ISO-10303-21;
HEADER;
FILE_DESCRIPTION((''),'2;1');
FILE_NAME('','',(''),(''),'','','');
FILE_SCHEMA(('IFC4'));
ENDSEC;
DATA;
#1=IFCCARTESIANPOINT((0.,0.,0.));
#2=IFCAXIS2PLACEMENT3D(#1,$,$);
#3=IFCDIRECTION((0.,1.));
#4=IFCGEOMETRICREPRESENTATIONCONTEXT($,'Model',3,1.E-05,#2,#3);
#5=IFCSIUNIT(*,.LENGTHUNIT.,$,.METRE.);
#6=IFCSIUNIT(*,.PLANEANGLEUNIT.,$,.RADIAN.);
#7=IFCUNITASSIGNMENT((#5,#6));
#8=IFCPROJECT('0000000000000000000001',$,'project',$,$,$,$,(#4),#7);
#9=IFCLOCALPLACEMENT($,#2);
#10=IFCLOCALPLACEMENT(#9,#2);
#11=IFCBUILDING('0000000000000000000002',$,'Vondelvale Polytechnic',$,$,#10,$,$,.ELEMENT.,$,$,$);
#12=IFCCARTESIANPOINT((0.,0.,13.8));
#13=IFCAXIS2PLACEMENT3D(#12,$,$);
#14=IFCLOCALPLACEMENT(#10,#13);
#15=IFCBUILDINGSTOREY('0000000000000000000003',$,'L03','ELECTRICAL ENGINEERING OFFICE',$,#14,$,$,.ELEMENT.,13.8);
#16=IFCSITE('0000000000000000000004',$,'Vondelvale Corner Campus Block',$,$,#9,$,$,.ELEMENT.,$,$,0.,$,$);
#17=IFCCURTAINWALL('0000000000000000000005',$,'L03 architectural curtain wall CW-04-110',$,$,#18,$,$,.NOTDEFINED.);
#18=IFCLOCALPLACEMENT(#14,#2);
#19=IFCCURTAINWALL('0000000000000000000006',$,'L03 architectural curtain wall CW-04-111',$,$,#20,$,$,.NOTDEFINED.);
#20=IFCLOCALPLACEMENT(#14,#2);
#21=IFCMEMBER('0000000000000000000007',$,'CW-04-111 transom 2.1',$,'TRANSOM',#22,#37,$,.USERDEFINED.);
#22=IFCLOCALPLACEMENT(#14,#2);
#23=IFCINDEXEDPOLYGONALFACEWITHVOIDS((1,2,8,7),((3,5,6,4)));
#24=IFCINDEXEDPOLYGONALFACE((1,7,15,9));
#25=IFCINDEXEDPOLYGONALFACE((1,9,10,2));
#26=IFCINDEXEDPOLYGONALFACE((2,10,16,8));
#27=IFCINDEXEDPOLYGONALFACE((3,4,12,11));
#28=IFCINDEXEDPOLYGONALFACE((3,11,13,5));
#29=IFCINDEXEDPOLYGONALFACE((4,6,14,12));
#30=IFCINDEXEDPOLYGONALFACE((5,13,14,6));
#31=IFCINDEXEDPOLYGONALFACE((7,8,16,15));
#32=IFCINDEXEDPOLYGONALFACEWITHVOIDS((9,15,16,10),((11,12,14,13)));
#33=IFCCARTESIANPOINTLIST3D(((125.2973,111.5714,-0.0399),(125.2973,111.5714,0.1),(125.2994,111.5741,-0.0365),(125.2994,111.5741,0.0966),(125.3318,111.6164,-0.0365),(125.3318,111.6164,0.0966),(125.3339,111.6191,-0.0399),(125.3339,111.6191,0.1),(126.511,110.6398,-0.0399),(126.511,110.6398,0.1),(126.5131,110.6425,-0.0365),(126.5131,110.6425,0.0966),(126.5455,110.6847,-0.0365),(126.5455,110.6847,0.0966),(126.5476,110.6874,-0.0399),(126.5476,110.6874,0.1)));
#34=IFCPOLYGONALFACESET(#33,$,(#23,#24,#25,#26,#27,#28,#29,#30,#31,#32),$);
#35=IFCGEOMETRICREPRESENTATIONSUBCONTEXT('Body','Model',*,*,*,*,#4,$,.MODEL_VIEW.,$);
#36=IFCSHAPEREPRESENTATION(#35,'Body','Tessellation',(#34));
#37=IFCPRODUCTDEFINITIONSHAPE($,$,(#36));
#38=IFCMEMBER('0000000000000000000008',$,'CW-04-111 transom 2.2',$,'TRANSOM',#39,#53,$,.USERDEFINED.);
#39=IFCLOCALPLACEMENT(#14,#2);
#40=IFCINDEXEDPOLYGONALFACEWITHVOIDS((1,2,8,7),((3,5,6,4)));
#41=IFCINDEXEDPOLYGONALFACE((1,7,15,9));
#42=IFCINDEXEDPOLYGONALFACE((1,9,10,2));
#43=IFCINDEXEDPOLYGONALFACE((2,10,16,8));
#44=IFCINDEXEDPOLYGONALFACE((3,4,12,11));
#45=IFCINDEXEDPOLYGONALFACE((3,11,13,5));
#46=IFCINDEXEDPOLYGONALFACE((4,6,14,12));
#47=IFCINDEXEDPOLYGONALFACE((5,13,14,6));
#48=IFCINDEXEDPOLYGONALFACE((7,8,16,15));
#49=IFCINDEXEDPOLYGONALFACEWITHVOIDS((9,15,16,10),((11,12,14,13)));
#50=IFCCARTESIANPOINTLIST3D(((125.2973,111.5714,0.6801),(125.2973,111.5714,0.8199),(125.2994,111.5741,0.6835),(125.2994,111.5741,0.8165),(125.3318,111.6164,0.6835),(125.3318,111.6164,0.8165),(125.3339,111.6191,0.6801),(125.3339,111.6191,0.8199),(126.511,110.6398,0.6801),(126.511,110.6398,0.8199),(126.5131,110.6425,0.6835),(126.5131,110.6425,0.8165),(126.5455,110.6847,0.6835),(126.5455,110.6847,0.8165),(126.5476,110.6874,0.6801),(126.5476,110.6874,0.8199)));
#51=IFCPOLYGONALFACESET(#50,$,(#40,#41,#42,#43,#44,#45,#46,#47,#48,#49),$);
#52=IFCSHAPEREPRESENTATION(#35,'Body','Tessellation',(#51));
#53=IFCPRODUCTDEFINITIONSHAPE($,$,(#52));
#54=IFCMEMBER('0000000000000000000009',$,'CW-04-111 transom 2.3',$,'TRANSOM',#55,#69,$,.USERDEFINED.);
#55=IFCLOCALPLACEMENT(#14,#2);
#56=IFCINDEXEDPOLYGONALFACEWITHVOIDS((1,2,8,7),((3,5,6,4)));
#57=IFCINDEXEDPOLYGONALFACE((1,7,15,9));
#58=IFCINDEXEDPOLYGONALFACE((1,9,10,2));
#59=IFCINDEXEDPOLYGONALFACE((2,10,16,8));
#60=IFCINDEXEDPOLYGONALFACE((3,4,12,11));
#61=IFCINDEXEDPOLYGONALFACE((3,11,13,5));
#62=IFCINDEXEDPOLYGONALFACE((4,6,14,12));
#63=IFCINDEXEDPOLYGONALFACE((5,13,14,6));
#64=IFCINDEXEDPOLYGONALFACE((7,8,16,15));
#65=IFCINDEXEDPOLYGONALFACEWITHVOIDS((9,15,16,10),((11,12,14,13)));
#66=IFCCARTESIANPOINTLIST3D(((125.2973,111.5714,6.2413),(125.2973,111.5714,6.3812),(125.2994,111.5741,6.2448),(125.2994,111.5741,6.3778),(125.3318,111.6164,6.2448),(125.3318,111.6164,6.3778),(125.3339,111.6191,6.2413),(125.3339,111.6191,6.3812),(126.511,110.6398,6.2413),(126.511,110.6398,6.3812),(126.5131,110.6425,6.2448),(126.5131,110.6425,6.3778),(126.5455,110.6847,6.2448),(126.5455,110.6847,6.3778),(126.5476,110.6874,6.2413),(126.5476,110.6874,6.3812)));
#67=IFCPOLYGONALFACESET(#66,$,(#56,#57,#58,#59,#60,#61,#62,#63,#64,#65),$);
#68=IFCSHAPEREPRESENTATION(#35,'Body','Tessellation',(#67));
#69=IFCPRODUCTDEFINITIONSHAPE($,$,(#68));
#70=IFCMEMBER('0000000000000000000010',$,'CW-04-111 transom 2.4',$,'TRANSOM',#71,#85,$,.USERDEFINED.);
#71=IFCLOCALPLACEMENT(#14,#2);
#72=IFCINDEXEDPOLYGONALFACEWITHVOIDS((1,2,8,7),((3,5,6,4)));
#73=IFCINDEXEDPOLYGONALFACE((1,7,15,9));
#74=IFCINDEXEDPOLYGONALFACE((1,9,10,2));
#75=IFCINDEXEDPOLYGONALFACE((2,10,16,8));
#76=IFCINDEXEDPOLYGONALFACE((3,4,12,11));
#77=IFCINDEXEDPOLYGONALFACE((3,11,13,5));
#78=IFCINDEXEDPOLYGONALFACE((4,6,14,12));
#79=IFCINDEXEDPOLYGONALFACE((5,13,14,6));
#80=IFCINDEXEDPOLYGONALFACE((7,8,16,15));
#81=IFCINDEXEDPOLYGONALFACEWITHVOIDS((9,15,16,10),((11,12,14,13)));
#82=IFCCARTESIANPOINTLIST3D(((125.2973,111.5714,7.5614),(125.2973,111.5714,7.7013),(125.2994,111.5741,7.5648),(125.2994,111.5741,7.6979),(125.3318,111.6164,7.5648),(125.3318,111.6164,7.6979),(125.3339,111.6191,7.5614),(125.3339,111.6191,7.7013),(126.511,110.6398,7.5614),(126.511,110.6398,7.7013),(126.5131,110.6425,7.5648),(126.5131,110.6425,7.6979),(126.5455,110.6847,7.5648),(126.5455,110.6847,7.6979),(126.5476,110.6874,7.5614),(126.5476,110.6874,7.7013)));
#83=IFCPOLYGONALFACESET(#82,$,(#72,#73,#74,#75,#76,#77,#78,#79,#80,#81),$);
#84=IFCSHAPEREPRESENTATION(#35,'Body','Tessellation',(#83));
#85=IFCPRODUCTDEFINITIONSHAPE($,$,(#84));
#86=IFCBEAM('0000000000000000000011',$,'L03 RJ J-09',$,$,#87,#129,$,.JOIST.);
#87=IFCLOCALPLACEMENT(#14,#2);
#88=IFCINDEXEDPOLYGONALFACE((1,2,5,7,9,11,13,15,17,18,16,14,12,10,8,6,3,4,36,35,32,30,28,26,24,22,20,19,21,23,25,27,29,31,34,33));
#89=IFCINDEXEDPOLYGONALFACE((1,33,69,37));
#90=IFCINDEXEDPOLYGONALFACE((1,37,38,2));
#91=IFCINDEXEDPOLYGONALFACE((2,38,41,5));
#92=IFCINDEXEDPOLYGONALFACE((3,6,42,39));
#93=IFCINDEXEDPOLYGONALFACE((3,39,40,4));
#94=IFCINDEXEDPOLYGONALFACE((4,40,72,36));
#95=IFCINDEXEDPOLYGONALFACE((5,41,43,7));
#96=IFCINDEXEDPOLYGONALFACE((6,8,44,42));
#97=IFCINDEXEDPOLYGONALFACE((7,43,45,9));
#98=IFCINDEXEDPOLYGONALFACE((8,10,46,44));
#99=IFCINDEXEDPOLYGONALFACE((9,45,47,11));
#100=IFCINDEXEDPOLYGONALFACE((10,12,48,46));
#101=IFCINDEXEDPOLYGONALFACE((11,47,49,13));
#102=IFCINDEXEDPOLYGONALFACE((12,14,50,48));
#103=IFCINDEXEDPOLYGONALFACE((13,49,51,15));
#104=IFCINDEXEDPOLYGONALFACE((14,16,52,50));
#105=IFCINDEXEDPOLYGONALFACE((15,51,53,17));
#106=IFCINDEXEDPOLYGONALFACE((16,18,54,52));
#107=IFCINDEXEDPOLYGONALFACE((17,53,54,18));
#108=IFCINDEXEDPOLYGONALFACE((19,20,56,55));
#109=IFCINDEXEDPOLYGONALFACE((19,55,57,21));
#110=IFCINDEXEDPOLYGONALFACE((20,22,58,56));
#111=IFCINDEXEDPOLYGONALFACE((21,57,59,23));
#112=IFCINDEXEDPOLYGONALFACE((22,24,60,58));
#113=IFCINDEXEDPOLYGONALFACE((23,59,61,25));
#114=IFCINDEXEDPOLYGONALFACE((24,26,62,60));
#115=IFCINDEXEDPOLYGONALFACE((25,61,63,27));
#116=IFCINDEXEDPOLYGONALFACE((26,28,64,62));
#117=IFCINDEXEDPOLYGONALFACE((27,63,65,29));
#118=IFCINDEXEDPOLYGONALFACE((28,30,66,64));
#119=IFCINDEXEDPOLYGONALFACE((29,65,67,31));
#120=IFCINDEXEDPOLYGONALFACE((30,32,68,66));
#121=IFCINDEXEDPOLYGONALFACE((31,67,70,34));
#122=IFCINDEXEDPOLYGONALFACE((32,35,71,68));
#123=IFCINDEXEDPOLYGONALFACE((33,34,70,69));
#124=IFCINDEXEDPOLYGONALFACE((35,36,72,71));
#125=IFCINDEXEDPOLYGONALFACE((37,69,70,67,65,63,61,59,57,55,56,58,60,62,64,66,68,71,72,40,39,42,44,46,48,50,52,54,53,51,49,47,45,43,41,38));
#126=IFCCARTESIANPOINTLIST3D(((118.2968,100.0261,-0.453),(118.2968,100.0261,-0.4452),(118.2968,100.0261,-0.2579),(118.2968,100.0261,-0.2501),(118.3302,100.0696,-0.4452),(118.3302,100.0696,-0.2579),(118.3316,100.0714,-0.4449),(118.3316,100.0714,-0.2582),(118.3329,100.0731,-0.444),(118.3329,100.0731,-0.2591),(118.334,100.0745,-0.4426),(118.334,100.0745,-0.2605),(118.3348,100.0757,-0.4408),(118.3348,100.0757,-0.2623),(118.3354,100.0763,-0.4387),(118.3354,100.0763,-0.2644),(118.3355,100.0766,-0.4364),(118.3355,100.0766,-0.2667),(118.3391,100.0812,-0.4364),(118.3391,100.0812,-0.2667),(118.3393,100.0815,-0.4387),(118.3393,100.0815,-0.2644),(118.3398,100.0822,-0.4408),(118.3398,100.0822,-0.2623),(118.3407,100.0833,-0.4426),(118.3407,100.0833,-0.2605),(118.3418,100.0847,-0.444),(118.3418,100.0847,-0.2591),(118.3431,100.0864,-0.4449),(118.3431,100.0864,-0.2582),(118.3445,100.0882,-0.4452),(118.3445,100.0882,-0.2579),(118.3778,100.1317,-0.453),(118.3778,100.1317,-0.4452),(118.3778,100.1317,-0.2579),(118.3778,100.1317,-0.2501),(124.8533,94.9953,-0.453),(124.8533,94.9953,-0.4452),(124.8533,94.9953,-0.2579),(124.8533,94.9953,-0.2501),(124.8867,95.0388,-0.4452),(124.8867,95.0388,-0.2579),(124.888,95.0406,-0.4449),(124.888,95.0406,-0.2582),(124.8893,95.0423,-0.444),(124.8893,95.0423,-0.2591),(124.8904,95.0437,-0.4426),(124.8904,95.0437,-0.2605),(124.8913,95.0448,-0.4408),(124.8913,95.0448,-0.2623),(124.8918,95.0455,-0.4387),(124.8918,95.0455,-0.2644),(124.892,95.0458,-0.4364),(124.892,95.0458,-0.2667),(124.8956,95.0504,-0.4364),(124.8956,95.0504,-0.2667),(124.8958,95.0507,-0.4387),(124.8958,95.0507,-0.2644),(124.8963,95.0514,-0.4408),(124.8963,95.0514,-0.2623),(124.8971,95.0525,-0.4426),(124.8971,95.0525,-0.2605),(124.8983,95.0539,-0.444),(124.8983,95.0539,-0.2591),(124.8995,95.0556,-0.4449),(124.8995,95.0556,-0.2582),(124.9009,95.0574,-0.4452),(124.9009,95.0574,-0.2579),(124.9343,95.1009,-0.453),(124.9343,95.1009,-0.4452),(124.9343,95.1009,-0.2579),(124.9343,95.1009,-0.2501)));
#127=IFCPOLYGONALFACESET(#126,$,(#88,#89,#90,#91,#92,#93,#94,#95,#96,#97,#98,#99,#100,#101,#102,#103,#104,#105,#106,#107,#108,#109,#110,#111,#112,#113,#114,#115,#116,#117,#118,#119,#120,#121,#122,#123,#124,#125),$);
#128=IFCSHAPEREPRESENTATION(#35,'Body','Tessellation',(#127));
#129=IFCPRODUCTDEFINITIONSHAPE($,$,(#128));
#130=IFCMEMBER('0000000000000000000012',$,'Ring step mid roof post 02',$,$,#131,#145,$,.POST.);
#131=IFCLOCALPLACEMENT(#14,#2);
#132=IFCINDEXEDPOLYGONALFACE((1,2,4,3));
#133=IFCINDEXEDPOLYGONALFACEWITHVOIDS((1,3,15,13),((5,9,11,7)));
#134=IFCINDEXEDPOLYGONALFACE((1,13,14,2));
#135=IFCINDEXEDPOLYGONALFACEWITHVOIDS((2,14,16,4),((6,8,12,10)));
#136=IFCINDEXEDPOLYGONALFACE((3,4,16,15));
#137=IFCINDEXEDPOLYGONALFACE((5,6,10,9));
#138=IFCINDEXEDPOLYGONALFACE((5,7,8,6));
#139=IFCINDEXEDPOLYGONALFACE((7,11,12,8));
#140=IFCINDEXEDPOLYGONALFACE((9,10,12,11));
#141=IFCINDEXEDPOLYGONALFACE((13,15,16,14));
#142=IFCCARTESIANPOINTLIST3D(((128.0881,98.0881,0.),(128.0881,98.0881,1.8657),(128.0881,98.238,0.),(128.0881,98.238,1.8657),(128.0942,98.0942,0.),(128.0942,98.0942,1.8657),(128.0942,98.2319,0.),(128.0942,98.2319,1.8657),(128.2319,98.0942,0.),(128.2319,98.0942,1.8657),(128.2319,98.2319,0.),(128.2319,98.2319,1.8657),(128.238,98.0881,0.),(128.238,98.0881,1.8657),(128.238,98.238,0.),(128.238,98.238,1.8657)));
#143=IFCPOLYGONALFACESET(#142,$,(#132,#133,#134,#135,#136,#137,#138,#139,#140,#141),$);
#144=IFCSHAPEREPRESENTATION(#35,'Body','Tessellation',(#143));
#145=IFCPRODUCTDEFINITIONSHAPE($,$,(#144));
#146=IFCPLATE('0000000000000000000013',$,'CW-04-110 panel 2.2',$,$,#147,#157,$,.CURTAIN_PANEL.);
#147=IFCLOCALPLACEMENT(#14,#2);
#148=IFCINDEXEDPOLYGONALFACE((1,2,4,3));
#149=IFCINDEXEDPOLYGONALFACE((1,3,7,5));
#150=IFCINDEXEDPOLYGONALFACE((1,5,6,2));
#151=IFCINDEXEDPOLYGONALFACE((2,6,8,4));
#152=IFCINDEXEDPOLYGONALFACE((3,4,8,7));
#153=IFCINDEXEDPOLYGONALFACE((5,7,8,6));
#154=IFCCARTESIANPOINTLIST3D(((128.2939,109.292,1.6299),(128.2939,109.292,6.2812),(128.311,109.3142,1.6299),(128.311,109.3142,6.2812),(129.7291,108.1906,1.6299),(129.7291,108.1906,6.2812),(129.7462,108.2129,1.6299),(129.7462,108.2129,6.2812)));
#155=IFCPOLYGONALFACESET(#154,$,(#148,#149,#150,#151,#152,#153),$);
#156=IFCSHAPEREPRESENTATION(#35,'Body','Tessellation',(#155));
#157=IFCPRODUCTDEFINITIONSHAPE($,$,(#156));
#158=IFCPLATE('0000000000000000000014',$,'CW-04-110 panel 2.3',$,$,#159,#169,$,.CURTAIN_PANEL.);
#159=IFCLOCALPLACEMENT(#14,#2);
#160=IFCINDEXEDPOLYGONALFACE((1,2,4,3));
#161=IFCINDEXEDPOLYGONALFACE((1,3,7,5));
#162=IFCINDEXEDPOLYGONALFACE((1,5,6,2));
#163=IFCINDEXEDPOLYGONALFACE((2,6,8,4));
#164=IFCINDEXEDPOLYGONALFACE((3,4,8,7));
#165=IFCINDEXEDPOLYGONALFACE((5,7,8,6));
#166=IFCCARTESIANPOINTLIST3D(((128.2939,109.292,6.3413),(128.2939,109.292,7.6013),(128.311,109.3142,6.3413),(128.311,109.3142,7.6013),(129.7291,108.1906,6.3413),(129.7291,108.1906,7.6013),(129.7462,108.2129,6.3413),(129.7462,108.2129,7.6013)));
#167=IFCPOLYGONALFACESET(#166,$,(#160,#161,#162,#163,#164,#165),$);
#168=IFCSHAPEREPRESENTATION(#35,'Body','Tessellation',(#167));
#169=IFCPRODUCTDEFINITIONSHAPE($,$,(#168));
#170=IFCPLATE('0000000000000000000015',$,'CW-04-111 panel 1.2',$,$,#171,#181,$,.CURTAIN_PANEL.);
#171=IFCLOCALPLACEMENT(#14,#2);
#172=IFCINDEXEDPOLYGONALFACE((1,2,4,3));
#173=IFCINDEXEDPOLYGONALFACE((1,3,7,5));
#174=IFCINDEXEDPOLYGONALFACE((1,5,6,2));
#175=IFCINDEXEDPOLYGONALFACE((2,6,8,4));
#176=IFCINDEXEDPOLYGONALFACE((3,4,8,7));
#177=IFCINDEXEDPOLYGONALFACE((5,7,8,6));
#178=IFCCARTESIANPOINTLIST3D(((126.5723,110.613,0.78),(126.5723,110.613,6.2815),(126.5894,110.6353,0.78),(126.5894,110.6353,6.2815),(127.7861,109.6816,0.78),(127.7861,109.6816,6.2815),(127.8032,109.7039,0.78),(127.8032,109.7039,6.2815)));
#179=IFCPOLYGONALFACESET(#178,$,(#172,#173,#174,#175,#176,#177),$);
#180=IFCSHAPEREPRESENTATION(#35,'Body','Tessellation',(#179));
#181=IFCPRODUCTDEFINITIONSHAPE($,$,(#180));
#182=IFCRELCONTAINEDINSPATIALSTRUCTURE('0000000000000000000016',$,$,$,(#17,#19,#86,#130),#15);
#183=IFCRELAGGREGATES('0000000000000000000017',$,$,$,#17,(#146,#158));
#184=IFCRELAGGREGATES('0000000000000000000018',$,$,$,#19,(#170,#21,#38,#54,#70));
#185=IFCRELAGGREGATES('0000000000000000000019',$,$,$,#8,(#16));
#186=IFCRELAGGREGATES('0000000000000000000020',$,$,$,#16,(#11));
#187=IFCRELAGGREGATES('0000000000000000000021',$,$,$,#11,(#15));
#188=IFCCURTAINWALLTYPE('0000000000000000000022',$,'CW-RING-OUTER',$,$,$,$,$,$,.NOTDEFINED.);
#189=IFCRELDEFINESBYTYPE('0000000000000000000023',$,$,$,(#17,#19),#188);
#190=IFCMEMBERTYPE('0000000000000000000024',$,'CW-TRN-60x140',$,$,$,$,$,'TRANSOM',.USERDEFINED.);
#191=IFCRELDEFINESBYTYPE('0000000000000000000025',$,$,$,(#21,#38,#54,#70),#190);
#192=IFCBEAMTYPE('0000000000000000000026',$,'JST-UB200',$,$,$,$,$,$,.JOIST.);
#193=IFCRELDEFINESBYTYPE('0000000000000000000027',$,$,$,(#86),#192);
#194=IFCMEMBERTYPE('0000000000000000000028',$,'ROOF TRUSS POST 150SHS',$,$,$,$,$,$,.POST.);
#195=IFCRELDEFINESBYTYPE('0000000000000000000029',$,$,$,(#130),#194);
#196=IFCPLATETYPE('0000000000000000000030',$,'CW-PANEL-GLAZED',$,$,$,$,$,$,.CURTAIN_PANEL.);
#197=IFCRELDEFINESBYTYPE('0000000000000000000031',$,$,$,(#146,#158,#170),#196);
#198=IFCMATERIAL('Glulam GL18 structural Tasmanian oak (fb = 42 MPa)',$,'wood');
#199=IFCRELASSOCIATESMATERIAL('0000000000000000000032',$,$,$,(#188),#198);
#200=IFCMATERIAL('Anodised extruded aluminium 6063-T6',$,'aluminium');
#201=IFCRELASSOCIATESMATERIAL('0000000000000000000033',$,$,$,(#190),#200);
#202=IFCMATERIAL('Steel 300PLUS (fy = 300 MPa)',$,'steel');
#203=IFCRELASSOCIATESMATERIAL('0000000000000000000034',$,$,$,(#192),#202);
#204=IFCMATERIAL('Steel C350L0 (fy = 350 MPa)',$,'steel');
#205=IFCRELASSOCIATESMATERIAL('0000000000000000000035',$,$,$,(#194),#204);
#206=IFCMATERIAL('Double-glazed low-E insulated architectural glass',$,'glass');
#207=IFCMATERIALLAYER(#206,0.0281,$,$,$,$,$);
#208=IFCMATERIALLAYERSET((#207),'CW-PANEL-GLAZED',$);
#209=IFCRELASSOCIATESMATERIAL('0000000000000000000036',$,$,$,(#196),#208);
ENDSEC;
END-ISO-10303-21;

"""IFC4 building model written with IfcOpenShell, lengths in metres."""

from ifc_helpers import new_model, si_unit, direction, frame, origin, origin_2d, place, context, subcontext, project, spatial, rectangle, hollow_rectangle, i_section, extrude, material, layer, layer_set, material_profile, profile_set, type_object, element, aggregate, save


model = new_model("IFC4")

# Units and contexts
model_context = context("Model", 3, precision=1e-05, world=origin(), true_north=direction((0.0, 1.0)))
body_context = subcontext(model_context, "Body", "Model", "MODEL_VIEW")
ifc_project = project(units=[si_unit("LENGTHUNIT", "METRE"), si_unit("PLANEANGLEUNIT", "RADIAN")], contexts=[model_context])

# Site, building, storey
site_placement = place(None, origin())
site = spatial("IfcSite", under=ifc_project, at=site_placement, Name="Vondelvale Corner Campus Block", CompositionType="ELEMENT", RefElevation=0.0)
building_placement = place(site_placement, origin())
building = spatial("IfcBuilding", under=site, at=building_placement, Name="Vondelvale Polytechnic", CompositionType="ELEMENT")
storey_placement = place(building_placement, frame((0.0, 0.0, 13.8)))
storey = spatial("IfcBuildingStorey", under=building, at=storey_placement, Name="L03", Description="ELECTRICAL ENGINEERING OFFICE", CompositionType="ELEMENT", Elevation=13.8)

# Shared definitions
ifc_material_1 = material(Name="Glulam GL18 structural Tasmanian oak (fb = 42 MPa)", Category="wood")
ifc_material_2 = material(Name="Steel 300PLUS (fy = 300 MPa)", Category="steel")

# Curtain walls
curtain_wall_type = type_object("IfcCurtainWallType", Name="CW-RING-OUTER", PredefinedType="NOTDEFINED", material=ifc_material_1)
curtain_wall_1_placement = place(storey_placement, origin())
curtain_wall_1 = element("IfcCurtainWall", 1, at=curtain_wall_1_placement, inside=storey, type_object=curtain_wall_type, Name="L03 architectural curtain wall CW-04-110", PredefinedType="NOTDEFINED")
ifc_material_3 = material(Name="Anodised extruded aluminium 6063-T6", Category="aluminium")
curtain_wall_2_placement = place(storey_placement, origin())
curtain_wall_2 = element("IfcCurtainWall", 2, at=curtain_wall_2_placement, inside=storey, type_object=curtain_wall_type, Name="L03 architectural curtain wall CW-04-111", PredefinedType="NOTDEFINED")

# Members
ifc_material_profile_1 = material_profile(ifc_material_3, hollow_rectangle(XDim=0.0601, YDim=0.1399, WallThickness=0.0034, at=origin_2d()), Name="CW-TRN-140x60")
ifc_profile_set_1 = profile_set([ifc_material_profile_1], Name="Anodised extruded aluminium 6063-T6")
member_type_1 = type_object("IfcMemberType", Name="CW-TRN-60x140", ElementType="TRANSOM", PredefinedType="USERDEFINED", material=ifc_profile_set_1)
member_1_placement = place(storey_placement, frame((126.5293, 110.6636, 0.03), z_axis=(-0.793229, 0.608924, 0.0), x_axis=(-0.608924, -0.793229, 0.0)))
member_1 = element("IfcMember", 3, at=member_1_placement, type_object=member_type_1, Name="CW-04-111 transom 2.1", ObjectType="TRANSOM", PredefinedType="USERDEFINED", context=body_context, shape_type="SweptSolid", body=[
    extrude(hollow_rectangle(XDim=0.0601, YDim=0.1399, WallThickness=0.0034, at=origin_2d()), origin(), (0.0, 0.0, 1.0), 1.53),
])
member_2_placement = place(storey_placement, frame((126.5293, 110.6636, 0.75), z_axis=(-0.793229, 0.608924, 0.0), x_axis=(-0.608924, -0.793229, 0.0)))
member_2 = element("IfcMember", 4, at=member_2_placement, type_object=member_type_1, Name="CW-04-111 transom 2.2", ObjectType="TRANSOM", PredefinedType="USERDEFINED", context=body_context, shape_type="SweptSolid", body=[
    extrude(hollow_rectangle(XDim=0.0601, YDim=0.1399, WallThickness=0.0034, at=origin_2d()), origin(), (0.0, 0.0, 1.0), 1.53),
])
member_3_placement = place(storey_placement, frame((126.5293, 110.6636, 6.3113), z_axis=(-0.793229, 0.608924, 0.0), x_axis=(-0.608924, -0.793229, 0.0)))
member_3 = element("IfcMember", 5, at=member_3_placement, type_object=member_type_1, Name="CW-04-111 transom 2.3", ObjectType="TRANSOM", PredefinedType="USERDEFINED", context=body_context, shape_type="SweptSolid", body=[
    extrude(hollow_rectangle(XDim=0.0601, YDim=0.1399, WallThickness=0.0034, at=origin_2d()), origin(), (0.0, 0.0, 1.0), 1.53),
])
member_4_placement = place(storey_placement, frame((126.5293, 110.6636, 7.6313), z_axis=(-0.793229, 0.608924, 0.0), x_axis=(-0.608924, -0.793229, 0.0)))
member_4 = element("IfcMember", 6, at=member_4_placement, type_object=member_type_1, Name="CW-04-111 transom 2.4", ObjectType="TRANSOM", PredefinedType="USERDEFINED", context=body_context, shape_type="SweptSolid", body=[
    extrude(hollow_rectangle(XDim=0.0601, YDim=0.1399, WallThickness=0.0034, at=origin_2d()), origin(), (0.0, 0.0, 1.0), 1.53),
])

# Beam
ifc_material_profile_2 = material_profile(ifc_material_2, i_section(OverallWidth=0.1331, OverallDepth=0.2029, WebThickness=0.0059, FlangeThickness=0.0078, FilletRadius=0.0088, at=origin_2d()), Name="200UB25.4")
ifc_profile_set_2 = profile_set([ifc_material_profile_2], Name="Steel 300PLUS (fy = 300 MPa)")
beam_type_1 = type_object("IfcBeamType", Name="JST-UB200", PredefinedType="JOIST", material=ifc_profile_set_2)
beam_1_placement = place(storey_placement, frame((124.8938, 95.0481, -0.3516), z_axis=(-0.793361, 0.608751, 0.0), x_axis=(-0.608751, -0.793361, 0.0)))
element("IfcBeam", 7, at=beam_1_placement, inside=storey, type_object=beam_type_1, Name="L03 RJ J-09", PredefinedType="JOIST", context=body_context, shape_type="SweptSolid", body=[
    extrude(i_section(OverallWidth=0.1331, OverallDepth=0.2029, WebThickness=0.0059, FlangeThickness=0.0078, FilletRadius=0.0088, at=origin_2d()), origin(), (0.0, 0.0, 1.0), 8.2642),
])

# Member
ifc_material_4 = material(Name="Steel C350L0 (fy = 350 MPa)", Category="steel")
ifc_material_profile_3 = material_profile(ifc_material_4, hollow_rectangle(XDim=0.1499, YDim=0.1499, WallThickness=0.0061, at=origin_2d()), Name="150x150x6.0SHS")
ifc_profile_set_3 = profile_set([ifc_material_profile_3], Name="Steel C350L0 (fy = 350 MPa)")
member_type_2 = type_object("IfcMemberType", Name="ROOF TRUSS POST 150SHS", PredefinedType="POST", material=ifc_profile_set_3)
member_5_placement = place(storey_placement, frame((128.1631, 98.1631, 0.0), z_axis=(0.0, 0.0, 1.0), x_axis=(1.0, 0.0, 0.0)))
element("IfcMember", 8, at=member_5_placement, inside=storey, type_object=member_type_2, Name="Ring step mid roof post 02", PredefinedType="POST", context=body_context, shape_type="SweptSolid", body=[
    extrude(hollow_rectangle(XDim=0.1499, YDim=0.1499, WallThickness=0.0061, at=origin_2d()), origin(), (0.0, 0.0, 1.0), 1.8657),
])

# Plates
ifc_material_5 = material(Name="Double-glazed low-E insulated architectural glass", Category="glass")
ifc_layer_1 = layer(ifc_material_5, 0.0281)
ifc_layer_set_1 = layer_set([ifc_layer_1], Name="CW-PANEL-GLAZED")
plate_type_1 = type_object("IfcPlateType", Name="CW-PANEL-GLAZED", PredefinedType="CURTAIN_PANEL", material=ifc_layer_set_1)
plate_1_placement = place(storey_placement, frame((129.02, 108.7524, 1.6299), z_axis=(0.0, 0.0, 1.0), x_axis=(-0.793346, 0.608771, 0.0)))
plate_1 = element("IfcPlate", 9, at=plate_1_placement, type_object=plate_type_1, Name="CW-04-110 panel 2.2", PredefinedType="CURTAIN_PANEL", context=body_context, shape_type="SweptSolid", body=[
    extrude(rectangle(XDim=1.8091, YDim=0.0281, at=origin_2d()), origin(), (0.0, 0.0, 1.0), 4.6514),
])
plate_2_placement = place(storey_placement, frame((129.02, 108.7524, 6.3413), z_axis=(0.0, 0.0, 1.0), x_axis=(-0.793346, 0.608771, 0.0)))
plate_2 = element("IfcPlate", 10, at=plate_2_placement, type_object=plate_type_1, Name="CW-04-110 panel 2.3", PredefinedType="CURTAIN_PANEL", context=body_context, shape_type="SweptSolid", body=[
    extrude(rectangle(XDim=1.8091, YDim=0.0281, at=origin_2d()), origin(), (0.0, 0.0, 1.0), 1.26),
])
plate_3_placement = place(storey_placement, frame((127.1877, 110.1584, 0.78), z_axis=(0.0, 0.0, 1.0), x_axis=(-0.793334, 0.608787, 0.0)))
plate_3 = element("IfcPlate", 11, at=plate_3_placement, type_object=plate_type_1, Name="CW-04-111 panel 1.2", PredefinedType="CURTAIN_PANEL", context=body_context, shape_type="SweptSolid", body=[
    extrude(rectangle(XDim=1.53, YDim=0.0281, at=origin_2d()), origin(), (0.0, 0.0, 1.0), 5.5015),
])
aggregate(curtain_wall_1, [plate_1, plate_2])
aggregate(curtain_wall_2, [plate_3, member_1, member_2, member_3, member_4])

save(model, "model.ifc")
